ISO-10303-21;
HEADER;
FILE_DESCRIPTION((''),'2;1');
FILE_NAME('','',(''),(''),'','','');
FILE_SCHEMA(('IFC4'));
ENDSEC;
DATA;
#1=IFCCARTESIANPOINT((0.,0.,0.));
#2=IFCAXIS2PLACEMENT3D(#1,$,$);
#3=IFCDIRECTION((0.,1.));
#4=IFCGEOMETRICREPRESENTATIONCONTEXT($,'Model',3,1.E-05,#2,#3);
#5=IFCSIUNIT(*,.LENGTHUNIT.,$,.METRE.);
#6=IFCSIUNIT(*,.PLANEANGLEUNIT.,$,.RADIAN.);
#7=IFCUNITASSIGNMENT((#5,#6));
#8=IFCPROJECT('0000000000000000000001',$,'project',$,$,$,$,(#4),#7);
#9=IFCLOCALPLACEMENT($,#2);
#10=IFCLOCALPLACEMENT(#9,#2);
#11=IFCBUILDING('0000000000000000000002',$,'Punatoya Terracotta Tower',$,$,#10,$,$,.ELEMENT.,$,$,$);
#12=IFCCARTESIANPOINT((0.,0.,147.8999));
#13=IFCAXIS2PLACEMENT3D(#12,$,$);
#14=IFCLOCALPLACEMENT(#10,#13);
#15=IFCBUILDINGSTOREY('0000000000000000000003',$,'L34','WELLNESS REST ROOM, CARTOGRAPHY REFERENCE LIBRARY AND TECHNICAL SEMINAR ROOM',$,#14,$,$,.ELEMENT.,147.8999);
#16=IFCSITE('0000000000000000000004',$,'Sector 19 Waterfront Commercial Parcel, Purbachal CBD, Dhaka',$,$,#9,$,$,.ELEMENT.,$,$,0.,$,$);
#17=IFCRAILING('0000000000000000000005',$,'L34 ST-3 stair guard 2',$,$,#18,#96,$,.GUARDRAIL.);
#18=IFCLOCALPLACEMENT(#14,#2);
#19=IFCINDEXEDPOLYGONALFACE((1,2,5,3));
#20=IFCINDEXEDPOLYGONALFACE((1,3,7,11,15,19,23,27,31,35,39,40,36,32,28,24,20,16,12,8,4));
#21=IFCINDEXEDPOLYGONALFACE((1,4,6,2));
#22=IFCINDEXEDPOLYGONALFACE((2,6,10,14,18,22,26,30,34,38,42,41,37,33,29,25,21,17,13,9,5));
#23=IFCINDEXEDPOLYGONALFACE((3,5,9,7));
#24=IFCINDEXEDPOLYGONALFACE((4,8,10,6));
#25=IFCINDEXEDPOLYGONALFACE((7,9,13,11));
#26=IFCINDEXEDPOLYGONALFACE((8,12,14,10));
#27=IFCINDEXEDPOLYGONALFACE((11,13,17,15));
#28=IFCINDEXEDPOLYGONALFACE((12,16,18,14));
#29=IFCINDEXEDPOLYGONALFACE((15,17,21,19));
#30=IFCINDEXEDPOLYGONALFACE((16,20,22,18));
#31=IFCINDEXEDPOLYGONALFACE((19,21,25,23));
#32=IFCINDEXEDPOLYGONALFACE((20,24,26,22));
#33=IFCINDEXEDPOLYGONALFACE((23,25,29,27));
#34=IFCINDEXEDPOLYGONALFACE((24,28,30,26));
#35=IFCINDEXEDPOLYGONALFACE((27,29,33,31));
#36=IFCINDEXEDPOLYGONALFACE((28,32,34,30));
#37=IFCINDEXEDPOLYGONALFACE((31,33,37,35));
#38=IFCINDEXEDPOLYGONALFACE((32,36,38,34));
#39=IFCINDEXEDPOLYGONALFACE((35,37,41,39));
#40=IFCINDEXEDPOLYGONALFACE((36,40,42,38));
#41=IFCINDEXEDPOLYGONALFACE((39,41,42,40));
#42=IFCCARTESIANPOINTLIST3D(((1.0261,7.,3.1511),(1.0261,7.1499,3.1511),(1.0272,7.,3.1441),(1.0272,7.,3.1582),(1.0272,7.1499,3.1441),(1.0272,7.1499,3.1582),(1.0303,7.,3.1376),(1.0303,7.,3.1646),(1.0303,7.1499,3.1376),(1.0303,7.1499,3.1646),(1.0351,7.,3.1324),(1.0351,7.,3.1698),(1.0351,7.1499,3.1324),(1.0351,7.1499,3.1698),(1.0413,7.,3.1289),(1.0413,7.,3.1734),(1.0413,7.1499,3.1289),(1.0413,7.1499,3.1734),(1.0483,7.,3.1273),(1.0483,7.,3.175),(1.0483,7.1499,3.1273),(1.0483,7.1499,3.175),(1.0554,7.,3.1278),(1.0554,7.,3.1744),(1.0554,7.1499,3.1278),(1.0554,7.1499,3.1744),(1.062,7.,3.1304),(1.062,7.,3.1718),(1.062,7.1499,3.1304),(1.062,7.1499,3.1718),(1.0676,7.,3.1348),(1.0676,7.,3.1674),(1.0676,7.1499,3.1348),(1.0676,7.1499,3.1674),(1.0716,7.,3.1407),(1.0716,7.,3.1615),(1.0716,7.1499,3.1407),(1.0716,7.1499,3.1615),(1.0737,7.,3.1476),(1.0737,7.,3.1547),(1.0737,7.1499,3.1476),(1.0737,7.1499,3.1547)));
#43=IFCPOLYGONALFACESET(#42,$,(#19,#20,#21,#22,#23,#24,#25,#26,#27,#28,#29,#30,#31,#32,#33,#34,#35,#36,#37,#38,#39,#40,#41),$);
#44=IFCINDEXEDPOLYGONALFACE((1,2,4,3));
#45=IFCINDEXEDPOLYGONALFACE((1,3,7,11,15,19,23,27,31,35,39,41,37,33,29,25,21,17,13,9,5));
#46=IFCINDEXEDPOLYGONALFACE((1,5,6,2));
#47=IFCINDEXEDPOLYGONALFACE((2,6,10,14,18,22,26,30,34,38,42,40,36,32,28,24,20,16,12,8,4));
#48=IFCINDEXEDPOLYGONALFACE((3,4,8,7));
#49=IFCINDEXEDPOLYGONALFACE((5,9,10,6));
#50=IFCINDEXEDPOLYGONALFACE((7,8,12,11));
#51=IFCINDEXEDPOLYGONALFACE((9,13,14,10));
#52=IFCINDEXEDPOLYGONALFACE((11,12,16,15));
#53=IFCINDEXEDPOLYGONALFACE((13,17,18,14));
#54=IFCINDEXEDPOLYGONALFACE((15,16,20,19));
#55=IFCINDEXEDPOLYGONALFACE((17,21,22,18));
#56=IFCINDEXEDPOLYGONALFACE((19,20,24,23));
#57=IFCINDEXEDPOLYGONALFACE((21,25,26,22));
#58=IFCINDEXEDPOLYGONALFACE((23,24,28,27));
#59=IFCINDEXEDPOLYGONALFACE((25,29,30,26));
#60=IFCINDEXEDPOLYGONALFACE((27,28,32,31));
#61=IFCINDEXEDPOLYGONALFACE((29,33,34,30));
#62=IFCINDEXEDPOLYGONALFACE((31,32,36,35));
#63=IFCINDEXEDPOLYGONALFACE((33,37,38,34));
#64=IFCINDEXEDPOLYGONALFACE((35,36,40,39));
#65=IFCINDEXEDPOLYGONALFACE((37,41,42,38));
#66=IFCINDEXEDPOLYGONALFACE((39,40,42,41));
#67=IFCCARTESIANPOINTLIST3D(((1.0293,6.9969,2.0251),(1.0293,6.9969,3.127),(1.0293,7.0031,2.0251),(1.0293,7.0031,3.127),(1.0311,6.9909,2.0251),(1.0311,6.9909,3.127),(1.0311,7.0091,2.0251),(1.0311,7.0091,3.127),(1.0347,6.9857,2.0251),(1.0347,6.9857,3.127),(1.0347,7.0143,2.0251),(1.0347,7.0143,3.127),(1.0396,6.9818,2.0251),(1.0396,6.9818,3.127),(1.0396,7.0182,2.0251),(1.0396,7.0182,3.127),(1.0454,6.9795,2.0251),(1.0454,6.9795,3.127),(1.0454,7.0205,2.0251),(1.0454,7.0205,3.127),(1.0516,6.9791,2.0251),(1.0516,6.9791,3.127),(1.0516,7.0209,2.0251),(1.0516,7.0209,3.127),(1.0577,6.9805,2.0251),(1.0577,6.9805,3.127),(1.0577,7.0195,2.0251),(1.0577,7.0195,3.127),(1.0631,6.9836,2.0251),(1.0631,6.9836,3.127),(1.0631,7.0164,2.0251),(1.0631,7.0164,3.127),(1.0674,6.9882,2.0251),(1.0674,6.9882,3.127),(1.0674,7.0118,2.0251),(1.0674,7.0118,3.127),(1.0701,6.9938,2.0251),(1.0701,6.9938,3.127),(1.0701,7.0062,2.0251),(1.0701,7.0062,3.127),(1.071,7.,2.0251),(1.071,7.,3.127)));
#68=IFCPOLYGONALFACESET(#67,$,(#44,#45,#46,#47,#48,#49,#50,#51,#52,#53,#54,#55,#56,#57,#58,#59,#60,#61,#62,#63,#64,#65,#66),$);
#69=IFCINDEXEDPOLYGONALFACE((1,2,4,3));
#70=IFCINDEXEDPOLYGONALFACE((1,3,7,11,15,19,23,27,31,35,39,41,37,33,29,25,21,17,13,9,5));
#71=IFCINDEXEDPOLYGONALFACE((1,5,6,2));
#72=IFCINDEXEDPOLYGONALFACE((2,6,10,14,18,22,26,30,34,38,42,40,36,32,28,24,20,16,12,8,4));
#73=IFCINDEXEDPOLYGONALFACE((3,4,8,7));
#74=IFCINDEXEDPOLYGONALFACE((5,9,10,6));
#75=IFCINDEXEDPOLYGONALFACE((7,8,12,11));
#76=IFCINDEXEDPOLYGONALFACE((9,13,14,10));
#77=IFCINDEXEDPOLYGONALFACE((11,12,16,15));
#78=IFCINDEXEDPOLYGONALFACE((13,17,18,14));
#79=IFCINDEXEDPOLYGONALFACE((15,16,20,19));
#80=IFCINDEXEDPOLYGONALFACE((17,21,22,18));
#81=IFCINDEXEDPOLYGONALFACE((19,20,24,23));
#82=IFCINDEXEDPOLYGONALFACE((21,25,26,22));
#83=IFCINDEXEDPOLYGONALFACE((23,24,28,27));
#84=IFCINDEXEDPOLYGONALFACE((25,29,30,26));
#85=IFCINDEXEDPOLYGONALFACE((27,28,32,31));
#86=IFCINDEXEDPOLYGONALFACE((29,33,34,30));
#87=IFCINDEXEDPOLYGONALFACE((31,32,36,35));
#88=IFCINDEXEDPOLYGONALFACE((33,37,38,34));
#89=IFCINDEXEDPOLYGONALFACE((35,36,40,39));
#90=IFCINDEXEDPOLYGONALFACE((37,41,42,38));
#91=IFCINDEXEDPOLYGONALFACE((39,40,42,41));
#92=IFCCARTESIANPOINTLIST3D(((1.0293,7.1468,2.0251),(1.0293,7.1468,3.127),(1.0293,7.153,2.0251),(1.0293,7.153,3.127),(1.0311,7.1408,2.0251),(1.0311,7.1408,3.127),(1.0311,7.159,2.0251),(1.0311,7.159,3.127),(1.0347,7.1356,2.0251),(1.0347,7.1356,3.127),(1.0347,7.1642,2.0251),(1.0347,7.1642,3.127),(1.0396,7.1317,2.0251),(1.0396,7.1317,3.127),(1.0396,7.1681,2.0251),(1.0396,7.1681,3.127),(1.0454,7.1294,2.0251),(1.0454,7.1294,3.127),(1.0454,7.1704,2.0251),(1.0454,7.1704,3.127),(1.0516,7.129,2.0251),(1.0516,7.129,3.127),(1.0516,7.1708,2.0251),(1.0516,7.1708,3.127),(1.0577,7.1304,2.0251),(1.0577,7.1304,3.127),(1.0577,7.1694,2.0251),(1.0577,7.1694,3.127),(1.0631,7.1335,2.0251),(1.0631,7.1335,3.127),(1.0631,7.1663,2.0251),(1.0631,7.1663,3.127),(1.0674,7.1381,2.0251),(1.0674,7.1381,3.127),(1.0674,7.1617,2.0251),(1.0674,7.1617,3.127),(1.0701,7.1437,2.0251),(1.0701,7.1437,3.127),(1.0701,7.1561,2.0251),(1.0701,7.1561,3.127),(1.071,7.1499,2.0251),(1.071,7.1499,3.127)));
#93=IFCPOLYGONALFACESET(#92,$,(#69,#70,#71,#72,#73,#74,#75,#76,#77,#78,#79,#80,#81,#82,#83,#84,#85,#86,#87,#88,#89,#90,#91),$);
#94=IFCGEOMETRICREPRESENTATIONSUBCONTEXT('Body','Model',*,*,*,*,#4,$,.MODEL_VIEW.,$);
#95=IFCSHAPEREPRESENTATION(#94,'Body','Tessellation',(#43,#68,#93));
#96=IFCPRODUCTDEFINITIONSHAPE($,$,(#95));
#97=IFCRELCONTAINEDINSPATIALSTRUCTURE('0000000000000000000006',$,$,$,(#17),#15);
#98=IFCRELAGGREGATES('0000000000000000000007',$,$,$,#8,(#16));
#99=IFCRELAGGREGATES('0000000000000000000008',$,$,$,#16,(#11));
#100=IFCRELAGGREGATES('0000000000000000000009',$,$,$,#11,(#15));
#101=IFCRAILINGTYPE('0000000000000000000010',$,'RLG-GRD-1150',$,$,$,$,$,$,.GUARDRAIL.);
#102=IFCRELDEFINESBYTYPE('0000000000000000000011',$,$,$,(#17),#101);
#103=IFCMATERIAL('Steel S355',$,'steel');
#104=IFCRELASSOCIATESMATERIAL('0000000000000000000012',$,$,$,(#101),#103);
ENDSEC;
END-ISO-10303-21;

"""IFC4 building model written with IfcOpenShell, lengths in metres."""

from ifc_helpers import new_model, si_unit, direction, frame, origin, origin_2d, place, context, subcontext, project, spatial, circle, extrude, material, type_object, element, save


model = new_model("IFC4")

# Units and contexts
model_context = context("Model", 3, precision=1e-05, world=origin(), true_north=direction((0.0, 1.0)))
body_context = subcontext(model_context, "Body", "Model", "MODEL_VIEW")
ifc_project = project(units=[si_unit("LENGTHUNIT", "METRE"), si_unit("PLANEANGLEUNIT", "RADIAN")], contexts=[model_context])

# Site, building, storey
site_placement = place(None, origin())
site = spatial("IfcSite", under=ifc_project, at=site_placement, Name="Sector 19 Waterfront Commercial Parcel, Purbachal CBD, Dhaka", CompositionType="ELEMENT", RefElevation=0.0)
building_placement = place(site_placement, origin())
building = spatial("IfcBuilding", under=site, at=building_placement, Name="Punatoya Terracotta Tower", CompositionType="ELEMENT")
storey_placement = place(building_placement, frame((0.0, 0.0, 147.8999)))
storey = spatial("IfcBuildingStorey", under=building, at=storey_placement, Name="L34", Description="WELLNESS REST ROOM, CARTOGRAPHY REFERENCE LIBRARY AND TECHNICAL SEMINAR ROOM", CompositionType="ELEMENT", Elevation=147.8999)

# Shared definitions
ifc_material_1 = material(Name="Steel S355", Category="steel")

# Railing
railing_type_1 = type_object("IfcRailingType", Name="RLG-GRD-1150", PredefinedType="GUARDRAIL", material=ifc_material_1)
railing_1_placement = place(storey_placement, frame((1.05, 7.0, 2.0251)))
element("IfcRailing", 1, at=railing_1_placement, inside=storey, type_object=railing_type_1, Name="L34 ST-3 stair guard 2", PredefinedType="GUARDRAIL", context=body_context, shape_type="SweptSolid", body=[
    extrude(circle(Radius=0.0239, at=origin_2d()), frame((0.0, 0.0, 1.126), z_axis=(0.0, 1.0, 0.0), x_axis=(-1.0, 0.0, 0.0)), (0.0, 0.0, 1.0), 0.1499),
    extrude(circle(Radius=0.021, at=origin_2d()), origin(), (0.0, 0.0, 1.0), 1.1018),
    extrude(circle(Radius=0.021, at=origin_2d()), frame((0.0, 0.1499, 0.0)), (0.0, 0.0, 1.0), 1.1018),
])

save(model, "model.ifc")
